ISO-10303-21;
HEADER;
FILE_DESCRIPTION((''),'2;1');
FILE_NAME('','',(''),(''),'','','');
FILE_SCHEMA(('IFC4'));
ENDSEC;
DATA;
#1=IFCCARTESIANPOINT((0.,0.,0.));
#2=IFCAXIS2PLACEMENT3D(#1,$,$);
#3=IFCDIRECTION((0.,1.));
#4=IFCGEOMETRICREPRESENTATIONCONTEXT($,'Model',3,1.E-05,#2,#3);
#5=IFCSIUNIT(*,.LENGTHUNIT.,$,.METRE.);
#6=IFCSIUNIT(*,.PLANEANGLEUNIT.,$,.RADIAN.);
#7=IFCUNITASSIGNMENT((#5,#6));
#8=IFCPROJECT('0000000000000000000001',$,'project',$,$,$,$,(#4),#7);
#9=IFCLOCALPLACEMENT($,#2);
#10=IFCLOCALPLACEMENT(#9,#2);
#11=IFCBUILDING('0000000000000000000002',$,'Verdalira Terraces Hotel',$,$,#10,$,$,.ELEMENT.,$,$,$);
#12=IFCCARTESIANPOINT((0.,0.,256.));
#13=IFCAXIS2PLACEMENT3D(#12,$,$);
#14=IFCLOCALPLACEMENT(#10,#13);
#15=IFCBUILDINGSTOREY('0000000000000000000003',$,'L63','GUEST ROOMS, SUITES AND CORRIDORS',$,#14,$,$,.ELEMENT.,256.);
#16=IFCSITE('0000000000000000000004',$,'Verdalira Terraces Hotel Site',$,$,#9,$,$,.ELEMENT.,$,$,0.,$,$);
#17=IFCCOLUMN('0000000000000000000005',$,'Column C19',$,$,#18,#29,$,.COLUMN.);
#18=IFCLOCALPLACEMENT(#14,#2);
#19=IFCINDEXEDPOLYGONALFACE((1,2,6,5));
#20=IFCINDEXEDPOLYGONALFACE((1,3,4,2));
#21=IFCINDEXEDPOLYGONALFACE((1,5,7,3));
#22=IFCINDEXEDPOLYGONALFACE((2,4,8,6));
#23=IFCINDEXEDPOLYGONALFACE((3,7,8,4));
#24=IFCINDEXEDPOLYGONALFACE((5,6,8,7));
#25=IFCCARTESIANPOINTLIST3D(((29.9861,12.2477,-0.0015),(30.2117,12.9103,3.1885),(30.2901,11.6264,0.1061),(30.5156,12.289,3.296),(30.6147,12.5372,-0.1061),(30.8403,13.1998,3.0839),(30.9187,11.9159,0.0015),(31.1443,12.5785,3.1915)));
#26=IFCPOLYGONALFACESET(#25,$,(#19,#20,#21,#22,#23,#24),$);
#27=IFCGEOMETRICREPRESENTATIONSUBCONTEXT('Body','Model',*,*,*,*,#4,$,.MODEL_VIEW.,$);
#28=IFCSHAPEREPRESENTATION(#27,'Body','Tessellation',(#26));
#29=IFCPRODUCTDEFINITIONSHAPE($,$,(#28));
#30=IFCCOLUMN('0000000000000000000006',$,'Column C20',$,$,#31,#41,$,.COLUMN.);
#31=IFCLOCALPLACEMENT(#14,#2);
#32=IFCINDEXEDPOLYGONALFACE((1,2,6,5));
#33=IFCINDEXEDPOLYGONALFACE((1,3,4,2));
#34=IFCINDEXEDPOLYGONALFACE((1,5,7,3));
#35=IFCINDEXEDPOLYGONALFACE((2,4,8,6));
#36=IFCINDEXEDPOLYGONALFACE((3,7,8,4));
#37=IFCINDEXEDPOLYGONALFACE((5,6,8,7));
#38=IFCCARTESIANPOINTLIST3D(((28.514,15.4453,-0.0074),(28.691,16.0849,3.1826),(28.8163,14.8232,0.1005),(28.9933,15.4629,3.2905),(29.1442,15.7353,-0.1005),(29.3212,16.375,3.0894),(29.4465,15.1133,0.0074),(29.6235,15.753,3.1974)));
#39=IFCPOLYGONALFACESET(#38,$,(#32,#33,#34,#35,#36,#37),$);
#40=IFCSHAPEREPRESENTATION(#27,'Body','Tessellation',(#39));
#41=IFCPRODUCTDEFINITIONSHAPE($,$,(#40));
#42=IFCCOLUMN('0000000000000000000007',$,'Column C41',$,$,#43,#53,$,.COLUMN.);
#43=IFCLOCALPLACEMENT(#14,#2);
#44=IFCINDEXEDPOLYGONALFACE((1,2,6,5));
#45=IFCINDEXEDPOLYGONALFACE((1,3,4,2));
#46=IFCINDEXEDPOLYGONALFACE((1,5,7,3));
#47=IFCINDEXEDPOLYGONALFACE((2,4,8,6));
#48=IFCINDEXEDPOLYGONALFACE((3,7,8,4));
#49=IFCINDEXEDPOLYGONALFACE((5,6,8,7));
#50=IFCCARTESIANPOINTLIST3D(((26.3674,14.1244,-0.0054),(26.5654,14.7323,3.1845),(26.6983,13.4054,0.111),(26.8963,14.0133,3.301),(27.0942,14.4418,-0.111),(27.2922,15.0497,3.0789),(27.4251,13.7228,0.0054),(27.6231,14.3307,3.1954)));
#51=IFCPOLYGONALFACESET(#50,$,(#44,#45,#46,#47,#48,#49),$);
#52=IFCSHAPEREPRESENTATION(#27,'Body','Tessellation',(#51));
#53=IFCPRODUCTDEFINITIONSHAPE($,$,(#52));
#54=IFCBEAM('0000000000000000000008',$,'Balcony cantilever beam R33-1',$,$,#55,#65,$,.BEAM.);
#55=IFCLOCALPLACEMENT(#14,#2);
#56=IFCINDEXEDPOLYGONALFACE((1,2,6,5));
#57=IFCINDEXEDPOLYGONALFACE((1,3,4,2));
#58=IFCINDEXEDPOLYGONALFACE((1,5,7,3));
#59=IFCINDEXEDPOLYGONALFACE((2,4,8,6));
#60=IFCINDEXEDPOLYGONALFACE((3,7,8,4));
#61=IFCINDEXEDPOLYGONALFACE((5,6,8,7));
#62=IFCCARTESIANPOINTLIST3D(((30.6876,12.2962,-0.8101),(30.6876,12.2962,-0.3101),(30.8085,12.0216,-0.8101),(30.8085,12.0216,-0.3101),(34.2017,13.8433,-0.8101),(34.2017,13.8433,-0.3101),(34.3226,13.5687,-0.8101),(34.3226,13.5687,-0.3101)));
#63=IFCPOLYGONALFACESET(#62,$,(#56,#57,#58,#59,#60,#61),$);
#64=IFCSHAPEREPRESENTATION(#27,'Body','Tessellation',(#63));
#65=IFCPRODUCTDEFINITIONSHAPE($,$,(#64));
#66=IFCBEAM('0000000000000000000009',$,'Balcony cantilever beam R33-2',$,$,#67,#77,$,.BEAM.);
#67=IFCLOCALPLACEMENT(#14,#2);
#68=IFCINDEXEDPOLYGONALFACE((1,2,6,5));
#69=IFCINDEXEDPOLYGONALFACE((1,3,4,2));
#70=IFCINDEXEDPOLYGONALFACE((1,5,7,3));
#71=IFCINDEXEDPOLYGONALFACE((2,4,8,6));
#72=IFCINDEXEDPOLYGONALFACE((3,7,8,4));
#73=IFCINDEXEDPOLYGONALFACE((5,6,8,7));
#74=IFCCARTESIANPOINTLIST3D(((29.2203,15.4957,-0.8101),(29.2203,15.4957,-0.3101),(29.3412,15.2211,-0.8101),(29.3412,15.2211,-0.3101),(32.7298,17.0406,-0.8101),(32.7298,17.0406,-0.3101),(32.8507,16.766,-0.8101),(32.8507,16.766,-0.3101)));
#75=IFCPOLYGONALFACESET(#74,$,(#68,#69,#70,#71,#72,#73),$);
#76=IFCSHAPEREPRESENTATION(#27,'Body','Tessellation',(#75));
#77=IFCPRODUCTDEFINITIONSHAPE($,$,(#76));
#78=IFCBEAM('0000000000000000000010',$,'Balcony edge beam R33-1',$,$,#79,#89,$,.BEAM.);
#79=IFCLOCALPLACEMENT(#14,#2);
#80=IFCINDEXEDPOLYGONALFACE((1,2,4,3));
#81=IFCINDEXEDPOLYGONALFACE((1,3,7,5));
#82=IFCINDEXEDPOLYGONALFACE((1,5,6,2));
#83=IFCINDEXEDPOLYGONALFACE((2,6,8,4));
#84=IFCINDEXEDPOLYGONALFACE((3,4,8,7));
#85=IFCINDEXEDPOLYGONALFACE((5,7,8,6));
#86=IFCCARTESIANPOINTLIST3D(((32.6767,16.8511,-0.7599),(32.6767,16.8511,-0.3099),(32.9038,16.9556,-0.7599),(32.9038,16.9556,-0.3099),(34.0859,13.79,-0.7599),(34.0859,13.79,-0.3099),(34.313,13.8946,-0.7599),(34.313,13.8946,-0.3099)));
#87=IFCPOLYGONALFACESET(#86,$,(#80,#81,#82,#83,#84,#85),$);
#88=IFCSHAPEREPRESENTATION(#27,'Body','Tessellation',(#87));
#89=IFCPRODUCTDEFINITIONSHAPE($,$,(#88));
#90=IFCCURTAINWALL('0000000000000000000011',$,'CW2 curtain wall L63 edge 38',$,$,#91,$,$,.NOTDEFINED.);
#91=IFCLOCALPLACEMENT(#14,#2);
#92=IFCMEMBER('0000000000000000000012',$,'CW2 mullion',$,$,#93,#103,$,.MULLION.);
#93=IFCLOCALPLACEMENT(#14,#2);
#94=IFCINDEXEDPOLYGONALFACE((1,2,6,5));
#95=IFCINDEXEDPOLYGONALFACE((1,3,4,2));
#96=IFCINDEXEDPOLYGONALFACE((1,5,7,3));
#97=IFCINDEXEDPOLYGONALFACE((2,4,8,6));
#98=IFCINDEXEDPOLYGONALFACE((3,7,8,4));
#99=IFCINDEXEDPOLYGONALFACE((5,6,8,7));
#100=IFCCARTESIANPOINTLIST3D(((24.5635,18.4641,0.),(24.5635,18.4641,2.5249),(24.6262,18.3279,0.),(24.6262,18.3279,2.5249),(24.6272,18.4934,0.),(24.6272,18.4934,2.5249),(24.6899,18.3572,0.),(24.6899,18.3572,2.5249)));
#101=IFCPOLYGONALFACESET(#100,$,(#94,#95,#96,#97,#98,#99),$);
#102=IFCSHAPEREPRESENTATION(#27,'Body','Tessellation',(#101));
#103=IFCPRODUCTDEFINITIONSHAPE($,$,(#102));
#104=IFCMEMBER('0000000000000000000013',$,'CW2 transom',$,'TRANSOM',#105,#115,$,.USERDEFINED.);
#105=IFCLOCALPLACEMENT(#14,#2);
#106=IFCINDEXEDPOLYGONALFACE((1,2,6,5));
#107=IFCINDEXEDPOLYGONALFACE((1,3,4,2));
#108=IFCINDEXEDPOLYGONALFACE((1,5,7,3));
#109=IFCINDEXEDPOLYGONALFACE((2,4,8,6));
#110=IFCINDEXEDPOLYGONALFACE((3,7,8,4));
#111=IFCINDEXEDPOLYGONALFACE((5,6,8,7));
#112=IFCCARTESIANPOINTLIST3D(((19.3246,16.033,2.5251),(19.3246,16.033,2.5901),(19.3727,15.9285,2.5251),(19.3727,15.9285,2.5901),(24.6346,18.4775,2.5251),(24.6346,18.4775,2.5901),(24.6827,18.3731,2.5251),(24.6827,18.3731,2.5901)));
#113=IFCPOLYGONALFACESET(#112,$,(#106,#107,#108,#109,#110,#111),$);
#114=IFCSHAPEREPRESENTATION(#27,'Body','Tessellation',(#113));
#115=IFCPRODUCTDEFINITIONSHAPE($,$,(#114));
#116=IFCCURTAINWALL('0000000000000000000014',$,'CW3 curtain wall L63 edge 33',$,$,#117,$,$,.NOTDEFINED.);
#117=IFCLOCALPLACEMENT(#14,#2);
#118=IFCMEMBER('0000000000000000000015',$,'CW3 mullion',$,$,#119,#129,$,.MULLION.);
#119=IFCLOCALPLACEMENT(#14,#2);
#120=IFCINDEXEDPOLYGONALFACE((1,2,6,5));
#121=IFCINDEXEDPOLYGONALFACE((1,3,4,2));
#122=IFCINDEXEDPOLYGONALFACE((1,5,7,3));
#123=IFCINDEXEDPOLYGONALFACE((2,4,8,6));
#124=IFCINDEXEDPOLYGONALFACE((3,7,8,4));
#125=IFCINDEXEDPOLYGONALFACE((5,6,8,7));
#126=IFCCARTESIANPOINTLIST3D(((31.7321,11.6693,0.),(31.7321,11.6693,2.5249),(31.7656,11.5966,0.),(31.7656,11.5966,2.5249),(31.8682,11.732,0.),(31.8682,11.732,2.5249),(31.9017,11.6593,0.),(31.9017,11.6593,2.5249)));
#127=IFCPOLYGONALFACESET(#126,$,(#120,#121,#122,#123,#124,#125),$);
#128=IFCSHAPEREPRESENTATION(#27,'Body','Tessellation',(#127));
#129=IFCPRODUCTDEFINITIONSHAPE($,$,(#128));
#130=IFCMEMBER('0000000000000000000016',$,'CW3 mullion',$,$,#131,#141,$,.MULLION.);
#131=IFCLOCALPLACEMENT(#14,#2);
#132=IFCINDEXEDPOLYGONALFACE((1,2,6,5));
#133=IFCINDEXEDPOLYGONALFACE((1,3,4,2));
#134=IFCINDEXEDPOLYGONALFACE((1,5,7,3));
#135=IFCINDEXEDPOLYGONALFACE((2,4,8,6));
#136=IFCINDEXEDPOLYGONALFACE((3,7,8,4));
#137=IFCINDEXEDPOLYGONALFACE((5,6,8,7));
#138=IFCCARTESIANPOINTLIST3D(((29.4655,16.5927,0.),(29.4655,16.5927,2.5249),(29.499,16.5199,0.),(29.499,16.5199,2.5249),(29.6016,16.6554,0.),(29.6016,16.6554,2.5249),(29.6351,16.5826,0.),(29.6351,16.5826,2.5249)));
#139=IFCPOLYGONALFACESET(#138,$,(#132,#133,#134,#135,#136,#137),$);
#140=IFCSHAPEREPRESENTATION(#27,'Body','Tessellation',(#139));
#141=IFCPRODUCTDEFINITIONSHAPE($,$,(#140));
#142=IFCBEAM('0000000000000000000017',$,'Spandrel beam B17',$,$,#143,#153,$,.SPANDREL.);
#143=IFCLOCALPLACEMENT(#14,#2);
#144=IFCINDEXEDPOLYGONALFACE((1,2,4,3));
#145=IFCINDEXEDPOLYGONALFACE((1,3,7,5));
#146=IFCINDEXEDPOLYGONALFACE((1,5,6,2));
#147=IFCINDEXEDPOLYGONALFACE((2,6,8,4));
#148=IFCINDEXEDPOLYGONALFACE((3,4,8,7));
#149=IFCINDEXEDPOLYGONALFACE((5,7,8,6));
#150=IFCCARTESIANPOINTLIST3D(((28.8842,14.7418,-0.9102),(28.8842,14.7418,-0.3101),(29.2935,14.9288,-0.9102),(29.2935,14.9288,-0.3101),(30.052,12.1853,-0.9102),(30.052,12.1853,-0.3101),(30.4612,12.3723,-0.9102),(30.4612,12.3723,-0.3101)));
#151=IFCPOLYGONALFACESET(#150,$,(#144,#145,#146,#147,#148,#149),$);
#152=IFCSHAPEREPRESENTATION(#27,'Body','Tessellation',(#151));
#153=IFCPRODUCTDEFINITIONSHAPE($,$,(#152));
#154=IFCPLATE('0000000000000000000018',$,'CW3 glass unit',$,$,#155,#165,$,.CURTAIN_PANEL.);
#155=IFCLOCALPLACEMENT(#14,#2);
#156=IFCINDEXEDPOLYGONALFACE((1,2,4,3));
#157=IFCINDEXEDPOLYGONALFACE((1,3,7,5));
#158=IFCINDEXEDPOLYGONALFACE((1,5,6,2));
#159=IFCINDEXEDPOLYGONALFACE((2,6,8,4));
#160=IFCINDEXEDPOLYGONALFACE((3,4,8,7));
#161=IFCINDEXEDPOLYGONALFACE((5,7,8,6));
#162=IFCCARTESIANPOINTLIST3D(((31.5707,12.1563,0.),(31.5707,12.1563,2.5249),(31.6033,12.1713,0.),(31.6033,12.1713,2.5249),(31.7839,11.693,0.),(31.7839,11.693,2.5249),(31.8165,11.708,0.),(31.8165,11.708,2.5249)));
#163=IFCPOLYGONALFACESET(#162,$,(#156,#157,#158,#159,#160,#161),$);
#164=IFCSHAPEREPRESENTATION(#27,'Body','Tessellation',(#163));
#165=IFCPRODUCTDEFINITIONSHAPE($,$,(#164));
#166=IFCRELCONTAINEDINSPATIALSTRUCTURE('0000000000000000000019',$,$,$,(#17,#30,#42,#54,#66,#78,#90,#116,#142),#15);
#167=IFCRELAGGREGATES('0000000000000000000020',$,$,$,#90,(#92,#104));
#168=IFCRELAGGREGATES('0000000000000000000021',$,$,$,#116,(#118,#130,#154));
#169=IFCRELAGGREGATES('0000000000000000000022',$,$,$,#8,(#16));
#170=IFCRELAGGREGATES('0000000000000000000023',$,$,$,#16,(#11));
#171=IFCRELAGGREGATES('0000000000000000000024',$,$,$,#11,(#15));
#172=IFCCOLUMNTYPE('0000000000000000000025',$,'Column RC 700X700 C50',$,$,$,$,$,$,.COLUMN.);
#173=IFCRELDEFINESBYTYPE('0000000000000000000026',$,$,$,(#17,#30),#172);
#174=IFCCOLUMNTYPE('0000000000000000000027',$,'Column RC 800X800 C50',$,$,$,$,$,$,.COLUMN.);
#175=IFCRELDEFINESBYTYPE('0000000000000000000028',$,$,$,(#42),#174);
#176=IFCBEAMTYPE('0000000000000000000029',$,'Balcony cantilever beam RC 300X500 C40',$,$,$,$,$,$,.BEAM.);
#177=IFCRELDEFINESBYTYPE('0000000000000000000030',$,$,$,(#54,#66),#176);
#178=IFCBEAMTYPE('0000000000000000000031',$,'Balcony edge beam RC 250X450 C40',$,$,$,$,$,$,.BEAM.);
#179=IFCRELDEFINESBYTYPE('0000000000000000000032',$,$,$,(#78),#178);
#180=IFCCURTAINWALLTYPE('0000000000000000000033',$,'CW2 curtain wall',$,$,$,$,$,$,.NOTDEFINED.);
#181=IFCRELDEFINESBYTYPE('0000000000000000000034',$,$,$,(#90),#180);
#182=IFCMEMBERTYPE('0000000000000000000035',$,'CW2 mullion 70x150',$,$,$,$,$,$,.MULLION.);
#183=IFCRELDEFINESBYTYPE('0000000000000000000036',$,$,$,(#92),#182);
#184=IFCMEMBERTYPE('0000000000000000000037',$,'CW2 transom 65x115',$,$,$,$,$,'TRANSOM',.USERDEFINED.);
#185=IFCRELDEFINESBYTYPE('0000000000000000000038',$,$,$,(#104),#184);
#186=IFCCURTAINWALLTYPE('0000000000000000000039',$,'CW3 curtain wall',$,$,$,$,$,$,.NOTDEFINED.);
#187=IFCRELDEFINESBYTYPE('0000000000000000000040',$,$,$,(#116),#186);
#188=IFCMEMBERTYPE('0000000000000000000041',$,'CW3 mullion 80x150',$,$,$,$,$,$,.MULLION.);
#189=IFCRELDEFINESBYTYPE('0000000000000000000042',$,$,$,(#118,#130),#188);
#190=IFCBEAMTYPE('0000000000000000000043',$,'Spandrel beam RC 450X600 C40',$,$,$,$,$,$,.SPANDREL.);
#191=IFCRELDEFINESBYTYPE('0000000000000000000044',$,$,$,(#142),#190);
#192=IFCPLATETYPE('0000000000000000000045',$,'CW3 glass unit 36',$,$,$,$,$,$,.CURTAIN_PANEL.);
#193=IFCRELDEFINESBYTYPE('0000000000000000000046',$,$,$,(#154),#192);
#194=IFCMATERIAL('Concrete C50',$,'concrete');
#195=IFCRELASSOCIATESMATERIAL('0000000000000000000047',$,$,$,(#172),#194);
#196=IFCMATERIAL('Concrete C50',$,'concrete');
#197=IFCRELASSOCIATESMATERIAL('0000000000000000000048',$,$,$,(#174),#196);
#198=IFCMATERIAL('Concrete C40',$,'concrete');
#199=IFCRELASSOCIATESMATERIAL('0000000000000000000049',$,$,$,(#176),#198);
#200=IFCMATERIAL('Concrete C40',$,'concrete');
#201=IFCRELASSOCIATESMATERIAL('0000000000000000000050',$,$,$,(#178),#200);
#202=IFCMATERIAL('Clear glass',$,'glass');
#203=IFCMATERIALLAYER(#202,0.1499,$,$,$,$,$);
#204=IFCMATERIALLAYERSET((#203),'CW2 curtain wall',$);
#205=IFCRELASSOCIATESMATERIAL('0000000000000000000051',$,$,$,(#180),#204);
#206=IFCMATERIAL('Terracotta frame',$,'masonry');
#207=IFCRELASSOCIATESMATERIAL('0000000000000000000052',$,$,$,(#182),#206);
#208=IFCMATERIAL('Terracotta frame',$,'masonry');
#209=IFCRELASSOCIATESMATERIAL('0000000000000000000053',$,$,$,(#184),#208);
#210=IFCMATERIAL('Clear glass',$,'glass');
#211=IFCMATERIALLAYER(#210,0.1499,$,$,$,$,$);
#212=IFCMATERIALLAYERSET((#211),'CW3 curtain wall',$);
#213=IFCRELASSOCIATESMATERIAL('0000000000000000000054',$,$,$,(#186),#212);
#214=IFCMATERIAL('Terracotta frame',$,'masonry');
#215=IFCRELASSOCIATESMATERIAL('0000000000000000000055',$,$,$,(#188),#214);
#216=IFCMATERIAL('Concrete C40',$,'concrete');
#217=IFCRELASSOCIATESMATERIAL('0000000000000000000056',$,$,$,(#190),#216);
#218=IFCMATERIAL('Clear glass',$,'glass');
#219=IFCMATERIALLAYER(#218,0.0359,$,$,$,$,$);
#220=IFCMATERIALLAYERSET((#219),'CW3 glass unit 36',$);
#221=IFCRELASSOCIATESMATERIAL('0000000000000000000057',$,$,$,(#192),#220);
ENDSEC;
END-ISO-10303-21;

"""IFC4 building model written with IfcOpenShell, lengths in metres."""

from ifc_helpers import new_model, si_unit, direction, frame, origin, origin_2d, place, context, subcontext, project, spatial, rectangle, extrude, material, layer, layer_set, material_profile, profile_set, type_object, element, aggregate, save


model = new_model("IFC4")

# Units and contexts
model_context = context("Model", 3, precision=1e-05, world=origin(), true_north=direction((0.0, 1.0)))
body_context = subcontext(model_context, "Body", "Model", "MODEL_VIEW")
ifc_project = project(units=[si_unit("LENGTHUNIT", "METRE"), si_unit("PLANEANGLEUNIT", "RADIAN")], contexts=[model_context])

# Site, building, storey
site_placement = place(None, origin())
site = spatial("IfcSite", under=ifc_project, at=site_placement, Name="Verdalira Terraces Hotel Site", CompositionType="ELEMENT", RefElevation=0.0)
building_placement = place(site_placement, origin())
building = spatial("IfcBuilding", under=site, at=building_placement, Name="Verdalira Terraces Hotel", CompositionType="ELEMENT")
storey_placement = place(building_placement, frame((0.0, 0.0, 256.0)))
storey = spatial("IfcBuildingStorey", under=building, at=storey_placement, Name="L63", Description="GUEST ROOMS, SUITES AND CORRIDORS", CompositionType="ELEMENT", Elevation=256.0)

# Columns
ifc_material_1 = material(Name="Concrete C50", Category="concrete")
ifc_material_profile_1 = material_profile(ifc_material_1, rectangle(XDim=0.7, YDim=0.7, at=origin_2d()), Name="RC 700X700")
ifc_profile_set_1 = profile_set([ifc_material_profile_1], Name="Concrete C50")
column_type_1 = type_object("IfcColumnType", Name="Column RC 700X700 C50", PredefinedType="COLUMN", material=ifc_profile_set_1)
column_1_placement = place(storey_placement, frame((30.4524, 12.0818, 0.0), z_axis=(0.069075, 0.202888, 0.976763), x_axis=(-0.434274, 0.887579, -0.153652)))
element("IfcColumn", 1, at=column_1_placement, inside=storey, type_object=column_type_1, Name="Column C19", PredefinedType="COLUMN", context=body_context, shape_type="SweptSolid", body=[
    extrude(rectangle(XDim=0.7, YDim=0.7, at=origin_2d()), origin(), (0.0, 0.0, 1.0), 3.2659),
])
column_2_placement = place(storey_placement, frame((28.9802, 15.2793, 0.0), z_axis=(0.054324, 0.196316, 0.979035), x_axis=(-0.43189, 0.888643, -0.154227)))
element("IfcColumn", 2, at=column_2_placement, inside=storey, type_object=column_type_1, Name="Column C20", PredefinedType="COLUMN", context=body_context, shape_type="SweptSolid", body=[
    extrude(rectangle(XDim=0.7, YDim=0.7, at=origin_2d()), origin(), (0.0, 0.0, 1.0), 3.2583),
])
ifc_material_2 = material(Name="Concrete C50", Category="concrete")
ifc_material_profile_2 = material_profile(ifc_material_2, rectangle(XDim=0.8, YDim=0.8, at=origin_2d()), Name="RC 800X800")
ifc_profile_set_2 = profile_set([ifc_material_profile_2], Name="Concrete C50")
column_type_2 = type_object("IfcColumnType", Name="Column RC 800X800 C50", PredefinedType="COLUMN", material=ifc_profile_set_2)
column_3_placement = place(storey_placement, frame((26.8962, 13.9236, 0.0), z_axis=(0.060859, 0.186855, 0.980501), x_axis=(0.908404, 0.396715, -0.131986)))
element("IfcColumn", 3, at=column_3_placement, inside=storey, type_object=column_type_2, Name="Column C41", PredefinedType="COLUMN", context=body_context, shape_type="SweptSolid", body=[
    extrude(rectangle(XDim=0.8, YDim=0.8, at=origin_2d()), origin(), (0.0, 0.0, 1.0), 3.2534),
])

# Beams
ifc_material_3 = material(Name="Concrete C40", Category="concrete")
ifc_material_profile_3 = material_profile(ifc_material_3, rectangle(XDim=0.3, YDim=0.5, at=origin_2d()), Name="RC 300X500")
ifc_profile_set_3 = profile_set([ifc_material_profile_3], Name="Concrete C40")
beam_type_1 = type_object("IfcBeamType", Name="Balcony cantilever beam RC 300X500 C40", PredefinedType="BEAM", material=ifc_profile_set_3)
beam_1_placement = place(storey_placement, frame((30.748, 12.1589, -0.5601), z_axis=(0.91523, 0.402933, 0.0), x_axis=(-0.402933, 0.91523, 0.0)))
element("IfcBeam", 4, at=beam_1_placement, inside=storey, type_object=beam_type_1, Name="Balcony cantilever beam R33-1", PredefinedType="BEAM", context=body_context, shape_type="SweptSolid", body=[
    extrude(rectangle(XDim=0.3, YDim=0.5, at=origin_2d()), origin(), (0.0, 0.0, 1.0), 3.8396),
])
beam_2_placement = place(storey_placement, frame((29.2808, 15.3584, -0.5601), z_axis=(0.915245, 0.402899, 0.0), x_axis=(-0.402899, 0.915245, 0.0)))
element("IfcBeam", 5, at=beam_2_placement, inside=storey, type_object=beam_type_1, Name="Balcony cantilever beam R33-2", PredefinedType="BEAM", context=body_context, shape_type="SweptSolid", body=[
    extrude(rectangle(XDim=0.3, YDim=0.5, at=origin_2d()), origin(), (0.0, 0.0, 1.0), 3.8345),
])
ifc_material_4 = material(Name="Concrete C40", Category="concrete")
ifc_material_profile_4 = material_profile(ifc_material_4, rectangle(XDim=0.25, YDim=0.45, at=origin_2d()), Name="RC 250X450")
ifc_profile_set_4 = profile_set([ifc_material_profile_4], Name="Concrete C40")
beam_type_2 = type_object("IfcBeamType", Name="Balcony edge beam RC 250X450 C40", PredefinedType="BEAM", material=ifc_profile_set_4)
beam_3_placement = place(storey_placement, frame((34.1995, 13.8423, -0.5349), z_axis=(-0.418176, 0.908366, 0.0), x_axis=(-0.908366, -0.418176, 0.0)))
element("IfcBeam", 6, at=beam_3_placement, inside=storey, type_object=beam_type_2, Name="Balcony edge beam R33-1", PredefinedType="BEAM", context=body_context, shape_type="SweptSolid", body=[
    extrude(rectangle(XDim=0.25, YDim=0.45, at=origin_2d()), origin(), (0.0, 0.0, 1.0), 3.3699),
])

# Curtain walls, members
ifc_material_5 = material(Name="Clear glass", Category="glass")
ifc_layer_1 = layer(ifc_material_5, 0.1499)
ifc_layer_set_1 = layer_set([ifc_layer_1], Name="CW2 curtain wall")
curtain_wall_type_1 = type_object("IfcCurtainWallType", Name="CW2 curtain wall", PredefinedType="NOTDEFINED", material=ifc_layer_set_1)
curtain_wall_1_placement = place(storey_placement, origin())
curtain_wall_1 = element("IfcCurtainWall", 7, at=curtain_wall_1_placement, inside=storey, type_object=curtain_wall_type_1, Name="CW2 curtain wall L63 edge 38", PredefinedType="NOTDEFINED")
ifc_material_6 = material(Name="Terracotta frame", Category="masonry")
ifc_material_profile_5 = material_profile(ifc_material_6, rectangle(XDim=0.0701, YDim=0.1499, at=origin_2d()), Name="MU 70x150")
ifc_profile_set_5 = profile_set([ifc_material_profile_5], Name="Terracotta frame")
member_type_1 = type_object("IfcMemberType", Name="CW2 mullion 70x150", PredefinedType="MULLION", material=ifc_profile_set_5)
member_1_placement = place(storey_placement, frame((24.6267, 18.4106, 0.0), z_axis=(0.0, 0.0, 1.0), x_axis=(-0.908362, -0.418184, 0.0)))
member_1 = element("IfcMember", 8, at=member_1_placement, type_object=member_type_1, Name="CW2 mullion", PredefinedType="MULLION", context=body_context, shape_type="SweptSolid", body=[
    extrude(rectangle(XDim=0.0701, YDim=0.1499, at=origin_2d()), origin(), (0.0, 0.0, 1.0), 2.5249),
])
ifc_material_7 = material(Name="Terracotta frame", Category="masonry")
ifc_material_profile_6 = material_profile(ifc_material_7, rectangle(XDim=0.115, YDim=0.0649, at=origin_2d()), Name="TR 65x115")
ifc_profile_set_6 = profile_set([ifc_material_profile_6], Name="Terracotta frame")
member_type_2 = type_object("IfcMemberType", Name="CW2 transom 65x115", ElementType="TRANSOM", PredefinedType="USERDEFINED", material=ifc_profile_set_6)
member_2_placement = place(storey_placement, frame((24.6587, 18.4253, 2.5576), z_axis=(-0.908364, -0.418181, 0.0), x_axis=(0.418181, -0.908364, 0.0)))
member_2 = element("IfcMember", 9, at=member_2_placement, type_object=member_type_2, Name="CW2 transom", ObjectType="TRANSOM", PredefinedType="USERDEFINED", context=body_context, shape_type="SweptSolid", body=[
    extrude(rectangle(XDim=0.115, YDim=0.0649, at=origin_2d()), origin(), (0.0, 0.0, 1.0), 5.8457),
])
aggregate(curtain_wall_1, [member_1, member_2])
ifc_material_8 = material(Name="Clear glass", Category="glass")
ifc_layer_2 = layer(ifc_material_8, 0.1499)
ifc_layer_set_2 = layer_set([ifc_layer_2], Name="CW3 curtain wall")
curtain_wall_type_2 = type_object("IfcCurtainWallType", Name="CW3 curtain wall", PredefinedType="NOTDEFINED", material=ifc_layer_set_2)
curtain_wall_2_placement = place(storey_placement, origin())
curtain_wall_2 = element("IfcCurtainWall", 10, at=curtain_wall_2_placement, inside=storey, type_object=curtain_wall_type_2, Name="CW3 curtain wall L63 edge 33", PredefinedType="NOTDEFINED")
ifc_material_9 = material(Name="Terracotta frame", Category="masonry")
ifc_material_profile_7 = material_profile(ifc_material_9, rectangle(XDim=0.0801, YDim=0.1499, at=origin_2d()), Name="MU 80x150")
ifc_profile_set_7 = profile_set([ifc_material_profile_7], Name="Terracotta frame")
member_type_3 = type_object("IfcMemberType", Name="CW3 mullion 80x150", PredefinedType="MULLION", material=ifc_profile_set_7)
member_3_placement = place(storey_placement, frame((31.8169, 11.6643, 0.0), z_axis=(0.0, 0.0, 1.0), x_axis=(-0.418184, 0.908362, 0.0)))
member_3 = element("IfcMember", 11, at=member_3_placement, type_object=member_type_3, Name="CW3 mullion", PredefinedType="MULLION", context=body_context, shape_type="SweptSolid", body=[
    extrude(rectangle(XDim=0.0801, YDim=0.1499, at=origin_2d()), origin(), (0.0, 0.0, 1.0), 2.5249),
])
member_4_placement = place(storey_placement, frame((29.5503, 16.5876, 0.0), z_axis=(0.0, 0.0, 1.0), x_axis=(-0.418184, 0.908362, 0.0)))
member_4 = element("IfcMember", 12, at=member_4_placement, type_object=member_type_3, Name="CW3 mullion", PredefinedType="MULLION", context=body_context, shape_type="SweptSolid", body=[
    extrude(rectangle(XDim=0.0801, YDim=0.1499, at=origin_2d()), origin(), (0.0, 0.0, 1.0), 2.5249),
])

# Beam
ifc_material_10 = material(Name="Concrete C40", Category="concrete")
ifc_material_profile_8 = material_profile(ifc_material_10, rectangle(XDim=0.45, YDim=0.6001, at=origin_2d()), Name="RC 450X600")
ifc_profile_set_8 = profile_set([ifc_material_profile_8], Name="Concrete C40")
beam_type_3 = type_object("IfcBeamType", Name="Spandrel beam RC 450X600 C40", PredefinedType="SPANDREL", material=ifc_profile_set_8)
beam_4_placement = place(storey_placement, frame((30.2566, 12.2788, -0.6101), z_axis=(-0.415491, 0.909597, 0.0), x_axis=(-0.909597, -0.415491, 0.0)))
element("IfcBeam", 13, at=beam_4_placement, inside=storey, type_object=beam_type_3, Name="Spandrel beam B17", PredefinedType="SPANDREL", context=body_context, shape_type="SweptSolid", body=[
    extrude(rectangle(XDim=0.45, YDim=0.6001, at=origin_2d()), origin(), (0.0, 0.0, 1.0), 2.8105),
])

# Plate
ifc_material_11 = material(Name="Clear glass", Category="glass")
ifc_layer_3 = layer(ifc_material_11, 0.0359)
ifc_layer_set_3 = layer_set([ifc_layer_3], Name="CW3 glass unit 36")
plate_type = type_object("IfcPlateType", Name="CW3 glass unit 36", PredefinedType="CURTAIN_PANEL", material=ifc_layer_set_3)
plate_placement = place(storey_placement, frame((31.6936, 11.9321, 0.0), z_axis=(0.0, 0.0, 1.0), x_axis=(-0.418184, 0.908362, 0.0)))
plate = element("IfcPlate", 14, at=plate_placement, type_object=plate_type, Name="CW3 glass unit", PredefinedType="CURTAIN_PANEL", context=body_context, shape_type="SweptSolid", body=[
    extrude(rectangle(XDim=0.51, YDim=0.0359, at=origin_2d()), origin(), (0.0, 0.0, 1.0), 2.5249),
])
aggregate(curtain_wall_2, [member_3, member_4, plate])

save(model, "model.ifc")
